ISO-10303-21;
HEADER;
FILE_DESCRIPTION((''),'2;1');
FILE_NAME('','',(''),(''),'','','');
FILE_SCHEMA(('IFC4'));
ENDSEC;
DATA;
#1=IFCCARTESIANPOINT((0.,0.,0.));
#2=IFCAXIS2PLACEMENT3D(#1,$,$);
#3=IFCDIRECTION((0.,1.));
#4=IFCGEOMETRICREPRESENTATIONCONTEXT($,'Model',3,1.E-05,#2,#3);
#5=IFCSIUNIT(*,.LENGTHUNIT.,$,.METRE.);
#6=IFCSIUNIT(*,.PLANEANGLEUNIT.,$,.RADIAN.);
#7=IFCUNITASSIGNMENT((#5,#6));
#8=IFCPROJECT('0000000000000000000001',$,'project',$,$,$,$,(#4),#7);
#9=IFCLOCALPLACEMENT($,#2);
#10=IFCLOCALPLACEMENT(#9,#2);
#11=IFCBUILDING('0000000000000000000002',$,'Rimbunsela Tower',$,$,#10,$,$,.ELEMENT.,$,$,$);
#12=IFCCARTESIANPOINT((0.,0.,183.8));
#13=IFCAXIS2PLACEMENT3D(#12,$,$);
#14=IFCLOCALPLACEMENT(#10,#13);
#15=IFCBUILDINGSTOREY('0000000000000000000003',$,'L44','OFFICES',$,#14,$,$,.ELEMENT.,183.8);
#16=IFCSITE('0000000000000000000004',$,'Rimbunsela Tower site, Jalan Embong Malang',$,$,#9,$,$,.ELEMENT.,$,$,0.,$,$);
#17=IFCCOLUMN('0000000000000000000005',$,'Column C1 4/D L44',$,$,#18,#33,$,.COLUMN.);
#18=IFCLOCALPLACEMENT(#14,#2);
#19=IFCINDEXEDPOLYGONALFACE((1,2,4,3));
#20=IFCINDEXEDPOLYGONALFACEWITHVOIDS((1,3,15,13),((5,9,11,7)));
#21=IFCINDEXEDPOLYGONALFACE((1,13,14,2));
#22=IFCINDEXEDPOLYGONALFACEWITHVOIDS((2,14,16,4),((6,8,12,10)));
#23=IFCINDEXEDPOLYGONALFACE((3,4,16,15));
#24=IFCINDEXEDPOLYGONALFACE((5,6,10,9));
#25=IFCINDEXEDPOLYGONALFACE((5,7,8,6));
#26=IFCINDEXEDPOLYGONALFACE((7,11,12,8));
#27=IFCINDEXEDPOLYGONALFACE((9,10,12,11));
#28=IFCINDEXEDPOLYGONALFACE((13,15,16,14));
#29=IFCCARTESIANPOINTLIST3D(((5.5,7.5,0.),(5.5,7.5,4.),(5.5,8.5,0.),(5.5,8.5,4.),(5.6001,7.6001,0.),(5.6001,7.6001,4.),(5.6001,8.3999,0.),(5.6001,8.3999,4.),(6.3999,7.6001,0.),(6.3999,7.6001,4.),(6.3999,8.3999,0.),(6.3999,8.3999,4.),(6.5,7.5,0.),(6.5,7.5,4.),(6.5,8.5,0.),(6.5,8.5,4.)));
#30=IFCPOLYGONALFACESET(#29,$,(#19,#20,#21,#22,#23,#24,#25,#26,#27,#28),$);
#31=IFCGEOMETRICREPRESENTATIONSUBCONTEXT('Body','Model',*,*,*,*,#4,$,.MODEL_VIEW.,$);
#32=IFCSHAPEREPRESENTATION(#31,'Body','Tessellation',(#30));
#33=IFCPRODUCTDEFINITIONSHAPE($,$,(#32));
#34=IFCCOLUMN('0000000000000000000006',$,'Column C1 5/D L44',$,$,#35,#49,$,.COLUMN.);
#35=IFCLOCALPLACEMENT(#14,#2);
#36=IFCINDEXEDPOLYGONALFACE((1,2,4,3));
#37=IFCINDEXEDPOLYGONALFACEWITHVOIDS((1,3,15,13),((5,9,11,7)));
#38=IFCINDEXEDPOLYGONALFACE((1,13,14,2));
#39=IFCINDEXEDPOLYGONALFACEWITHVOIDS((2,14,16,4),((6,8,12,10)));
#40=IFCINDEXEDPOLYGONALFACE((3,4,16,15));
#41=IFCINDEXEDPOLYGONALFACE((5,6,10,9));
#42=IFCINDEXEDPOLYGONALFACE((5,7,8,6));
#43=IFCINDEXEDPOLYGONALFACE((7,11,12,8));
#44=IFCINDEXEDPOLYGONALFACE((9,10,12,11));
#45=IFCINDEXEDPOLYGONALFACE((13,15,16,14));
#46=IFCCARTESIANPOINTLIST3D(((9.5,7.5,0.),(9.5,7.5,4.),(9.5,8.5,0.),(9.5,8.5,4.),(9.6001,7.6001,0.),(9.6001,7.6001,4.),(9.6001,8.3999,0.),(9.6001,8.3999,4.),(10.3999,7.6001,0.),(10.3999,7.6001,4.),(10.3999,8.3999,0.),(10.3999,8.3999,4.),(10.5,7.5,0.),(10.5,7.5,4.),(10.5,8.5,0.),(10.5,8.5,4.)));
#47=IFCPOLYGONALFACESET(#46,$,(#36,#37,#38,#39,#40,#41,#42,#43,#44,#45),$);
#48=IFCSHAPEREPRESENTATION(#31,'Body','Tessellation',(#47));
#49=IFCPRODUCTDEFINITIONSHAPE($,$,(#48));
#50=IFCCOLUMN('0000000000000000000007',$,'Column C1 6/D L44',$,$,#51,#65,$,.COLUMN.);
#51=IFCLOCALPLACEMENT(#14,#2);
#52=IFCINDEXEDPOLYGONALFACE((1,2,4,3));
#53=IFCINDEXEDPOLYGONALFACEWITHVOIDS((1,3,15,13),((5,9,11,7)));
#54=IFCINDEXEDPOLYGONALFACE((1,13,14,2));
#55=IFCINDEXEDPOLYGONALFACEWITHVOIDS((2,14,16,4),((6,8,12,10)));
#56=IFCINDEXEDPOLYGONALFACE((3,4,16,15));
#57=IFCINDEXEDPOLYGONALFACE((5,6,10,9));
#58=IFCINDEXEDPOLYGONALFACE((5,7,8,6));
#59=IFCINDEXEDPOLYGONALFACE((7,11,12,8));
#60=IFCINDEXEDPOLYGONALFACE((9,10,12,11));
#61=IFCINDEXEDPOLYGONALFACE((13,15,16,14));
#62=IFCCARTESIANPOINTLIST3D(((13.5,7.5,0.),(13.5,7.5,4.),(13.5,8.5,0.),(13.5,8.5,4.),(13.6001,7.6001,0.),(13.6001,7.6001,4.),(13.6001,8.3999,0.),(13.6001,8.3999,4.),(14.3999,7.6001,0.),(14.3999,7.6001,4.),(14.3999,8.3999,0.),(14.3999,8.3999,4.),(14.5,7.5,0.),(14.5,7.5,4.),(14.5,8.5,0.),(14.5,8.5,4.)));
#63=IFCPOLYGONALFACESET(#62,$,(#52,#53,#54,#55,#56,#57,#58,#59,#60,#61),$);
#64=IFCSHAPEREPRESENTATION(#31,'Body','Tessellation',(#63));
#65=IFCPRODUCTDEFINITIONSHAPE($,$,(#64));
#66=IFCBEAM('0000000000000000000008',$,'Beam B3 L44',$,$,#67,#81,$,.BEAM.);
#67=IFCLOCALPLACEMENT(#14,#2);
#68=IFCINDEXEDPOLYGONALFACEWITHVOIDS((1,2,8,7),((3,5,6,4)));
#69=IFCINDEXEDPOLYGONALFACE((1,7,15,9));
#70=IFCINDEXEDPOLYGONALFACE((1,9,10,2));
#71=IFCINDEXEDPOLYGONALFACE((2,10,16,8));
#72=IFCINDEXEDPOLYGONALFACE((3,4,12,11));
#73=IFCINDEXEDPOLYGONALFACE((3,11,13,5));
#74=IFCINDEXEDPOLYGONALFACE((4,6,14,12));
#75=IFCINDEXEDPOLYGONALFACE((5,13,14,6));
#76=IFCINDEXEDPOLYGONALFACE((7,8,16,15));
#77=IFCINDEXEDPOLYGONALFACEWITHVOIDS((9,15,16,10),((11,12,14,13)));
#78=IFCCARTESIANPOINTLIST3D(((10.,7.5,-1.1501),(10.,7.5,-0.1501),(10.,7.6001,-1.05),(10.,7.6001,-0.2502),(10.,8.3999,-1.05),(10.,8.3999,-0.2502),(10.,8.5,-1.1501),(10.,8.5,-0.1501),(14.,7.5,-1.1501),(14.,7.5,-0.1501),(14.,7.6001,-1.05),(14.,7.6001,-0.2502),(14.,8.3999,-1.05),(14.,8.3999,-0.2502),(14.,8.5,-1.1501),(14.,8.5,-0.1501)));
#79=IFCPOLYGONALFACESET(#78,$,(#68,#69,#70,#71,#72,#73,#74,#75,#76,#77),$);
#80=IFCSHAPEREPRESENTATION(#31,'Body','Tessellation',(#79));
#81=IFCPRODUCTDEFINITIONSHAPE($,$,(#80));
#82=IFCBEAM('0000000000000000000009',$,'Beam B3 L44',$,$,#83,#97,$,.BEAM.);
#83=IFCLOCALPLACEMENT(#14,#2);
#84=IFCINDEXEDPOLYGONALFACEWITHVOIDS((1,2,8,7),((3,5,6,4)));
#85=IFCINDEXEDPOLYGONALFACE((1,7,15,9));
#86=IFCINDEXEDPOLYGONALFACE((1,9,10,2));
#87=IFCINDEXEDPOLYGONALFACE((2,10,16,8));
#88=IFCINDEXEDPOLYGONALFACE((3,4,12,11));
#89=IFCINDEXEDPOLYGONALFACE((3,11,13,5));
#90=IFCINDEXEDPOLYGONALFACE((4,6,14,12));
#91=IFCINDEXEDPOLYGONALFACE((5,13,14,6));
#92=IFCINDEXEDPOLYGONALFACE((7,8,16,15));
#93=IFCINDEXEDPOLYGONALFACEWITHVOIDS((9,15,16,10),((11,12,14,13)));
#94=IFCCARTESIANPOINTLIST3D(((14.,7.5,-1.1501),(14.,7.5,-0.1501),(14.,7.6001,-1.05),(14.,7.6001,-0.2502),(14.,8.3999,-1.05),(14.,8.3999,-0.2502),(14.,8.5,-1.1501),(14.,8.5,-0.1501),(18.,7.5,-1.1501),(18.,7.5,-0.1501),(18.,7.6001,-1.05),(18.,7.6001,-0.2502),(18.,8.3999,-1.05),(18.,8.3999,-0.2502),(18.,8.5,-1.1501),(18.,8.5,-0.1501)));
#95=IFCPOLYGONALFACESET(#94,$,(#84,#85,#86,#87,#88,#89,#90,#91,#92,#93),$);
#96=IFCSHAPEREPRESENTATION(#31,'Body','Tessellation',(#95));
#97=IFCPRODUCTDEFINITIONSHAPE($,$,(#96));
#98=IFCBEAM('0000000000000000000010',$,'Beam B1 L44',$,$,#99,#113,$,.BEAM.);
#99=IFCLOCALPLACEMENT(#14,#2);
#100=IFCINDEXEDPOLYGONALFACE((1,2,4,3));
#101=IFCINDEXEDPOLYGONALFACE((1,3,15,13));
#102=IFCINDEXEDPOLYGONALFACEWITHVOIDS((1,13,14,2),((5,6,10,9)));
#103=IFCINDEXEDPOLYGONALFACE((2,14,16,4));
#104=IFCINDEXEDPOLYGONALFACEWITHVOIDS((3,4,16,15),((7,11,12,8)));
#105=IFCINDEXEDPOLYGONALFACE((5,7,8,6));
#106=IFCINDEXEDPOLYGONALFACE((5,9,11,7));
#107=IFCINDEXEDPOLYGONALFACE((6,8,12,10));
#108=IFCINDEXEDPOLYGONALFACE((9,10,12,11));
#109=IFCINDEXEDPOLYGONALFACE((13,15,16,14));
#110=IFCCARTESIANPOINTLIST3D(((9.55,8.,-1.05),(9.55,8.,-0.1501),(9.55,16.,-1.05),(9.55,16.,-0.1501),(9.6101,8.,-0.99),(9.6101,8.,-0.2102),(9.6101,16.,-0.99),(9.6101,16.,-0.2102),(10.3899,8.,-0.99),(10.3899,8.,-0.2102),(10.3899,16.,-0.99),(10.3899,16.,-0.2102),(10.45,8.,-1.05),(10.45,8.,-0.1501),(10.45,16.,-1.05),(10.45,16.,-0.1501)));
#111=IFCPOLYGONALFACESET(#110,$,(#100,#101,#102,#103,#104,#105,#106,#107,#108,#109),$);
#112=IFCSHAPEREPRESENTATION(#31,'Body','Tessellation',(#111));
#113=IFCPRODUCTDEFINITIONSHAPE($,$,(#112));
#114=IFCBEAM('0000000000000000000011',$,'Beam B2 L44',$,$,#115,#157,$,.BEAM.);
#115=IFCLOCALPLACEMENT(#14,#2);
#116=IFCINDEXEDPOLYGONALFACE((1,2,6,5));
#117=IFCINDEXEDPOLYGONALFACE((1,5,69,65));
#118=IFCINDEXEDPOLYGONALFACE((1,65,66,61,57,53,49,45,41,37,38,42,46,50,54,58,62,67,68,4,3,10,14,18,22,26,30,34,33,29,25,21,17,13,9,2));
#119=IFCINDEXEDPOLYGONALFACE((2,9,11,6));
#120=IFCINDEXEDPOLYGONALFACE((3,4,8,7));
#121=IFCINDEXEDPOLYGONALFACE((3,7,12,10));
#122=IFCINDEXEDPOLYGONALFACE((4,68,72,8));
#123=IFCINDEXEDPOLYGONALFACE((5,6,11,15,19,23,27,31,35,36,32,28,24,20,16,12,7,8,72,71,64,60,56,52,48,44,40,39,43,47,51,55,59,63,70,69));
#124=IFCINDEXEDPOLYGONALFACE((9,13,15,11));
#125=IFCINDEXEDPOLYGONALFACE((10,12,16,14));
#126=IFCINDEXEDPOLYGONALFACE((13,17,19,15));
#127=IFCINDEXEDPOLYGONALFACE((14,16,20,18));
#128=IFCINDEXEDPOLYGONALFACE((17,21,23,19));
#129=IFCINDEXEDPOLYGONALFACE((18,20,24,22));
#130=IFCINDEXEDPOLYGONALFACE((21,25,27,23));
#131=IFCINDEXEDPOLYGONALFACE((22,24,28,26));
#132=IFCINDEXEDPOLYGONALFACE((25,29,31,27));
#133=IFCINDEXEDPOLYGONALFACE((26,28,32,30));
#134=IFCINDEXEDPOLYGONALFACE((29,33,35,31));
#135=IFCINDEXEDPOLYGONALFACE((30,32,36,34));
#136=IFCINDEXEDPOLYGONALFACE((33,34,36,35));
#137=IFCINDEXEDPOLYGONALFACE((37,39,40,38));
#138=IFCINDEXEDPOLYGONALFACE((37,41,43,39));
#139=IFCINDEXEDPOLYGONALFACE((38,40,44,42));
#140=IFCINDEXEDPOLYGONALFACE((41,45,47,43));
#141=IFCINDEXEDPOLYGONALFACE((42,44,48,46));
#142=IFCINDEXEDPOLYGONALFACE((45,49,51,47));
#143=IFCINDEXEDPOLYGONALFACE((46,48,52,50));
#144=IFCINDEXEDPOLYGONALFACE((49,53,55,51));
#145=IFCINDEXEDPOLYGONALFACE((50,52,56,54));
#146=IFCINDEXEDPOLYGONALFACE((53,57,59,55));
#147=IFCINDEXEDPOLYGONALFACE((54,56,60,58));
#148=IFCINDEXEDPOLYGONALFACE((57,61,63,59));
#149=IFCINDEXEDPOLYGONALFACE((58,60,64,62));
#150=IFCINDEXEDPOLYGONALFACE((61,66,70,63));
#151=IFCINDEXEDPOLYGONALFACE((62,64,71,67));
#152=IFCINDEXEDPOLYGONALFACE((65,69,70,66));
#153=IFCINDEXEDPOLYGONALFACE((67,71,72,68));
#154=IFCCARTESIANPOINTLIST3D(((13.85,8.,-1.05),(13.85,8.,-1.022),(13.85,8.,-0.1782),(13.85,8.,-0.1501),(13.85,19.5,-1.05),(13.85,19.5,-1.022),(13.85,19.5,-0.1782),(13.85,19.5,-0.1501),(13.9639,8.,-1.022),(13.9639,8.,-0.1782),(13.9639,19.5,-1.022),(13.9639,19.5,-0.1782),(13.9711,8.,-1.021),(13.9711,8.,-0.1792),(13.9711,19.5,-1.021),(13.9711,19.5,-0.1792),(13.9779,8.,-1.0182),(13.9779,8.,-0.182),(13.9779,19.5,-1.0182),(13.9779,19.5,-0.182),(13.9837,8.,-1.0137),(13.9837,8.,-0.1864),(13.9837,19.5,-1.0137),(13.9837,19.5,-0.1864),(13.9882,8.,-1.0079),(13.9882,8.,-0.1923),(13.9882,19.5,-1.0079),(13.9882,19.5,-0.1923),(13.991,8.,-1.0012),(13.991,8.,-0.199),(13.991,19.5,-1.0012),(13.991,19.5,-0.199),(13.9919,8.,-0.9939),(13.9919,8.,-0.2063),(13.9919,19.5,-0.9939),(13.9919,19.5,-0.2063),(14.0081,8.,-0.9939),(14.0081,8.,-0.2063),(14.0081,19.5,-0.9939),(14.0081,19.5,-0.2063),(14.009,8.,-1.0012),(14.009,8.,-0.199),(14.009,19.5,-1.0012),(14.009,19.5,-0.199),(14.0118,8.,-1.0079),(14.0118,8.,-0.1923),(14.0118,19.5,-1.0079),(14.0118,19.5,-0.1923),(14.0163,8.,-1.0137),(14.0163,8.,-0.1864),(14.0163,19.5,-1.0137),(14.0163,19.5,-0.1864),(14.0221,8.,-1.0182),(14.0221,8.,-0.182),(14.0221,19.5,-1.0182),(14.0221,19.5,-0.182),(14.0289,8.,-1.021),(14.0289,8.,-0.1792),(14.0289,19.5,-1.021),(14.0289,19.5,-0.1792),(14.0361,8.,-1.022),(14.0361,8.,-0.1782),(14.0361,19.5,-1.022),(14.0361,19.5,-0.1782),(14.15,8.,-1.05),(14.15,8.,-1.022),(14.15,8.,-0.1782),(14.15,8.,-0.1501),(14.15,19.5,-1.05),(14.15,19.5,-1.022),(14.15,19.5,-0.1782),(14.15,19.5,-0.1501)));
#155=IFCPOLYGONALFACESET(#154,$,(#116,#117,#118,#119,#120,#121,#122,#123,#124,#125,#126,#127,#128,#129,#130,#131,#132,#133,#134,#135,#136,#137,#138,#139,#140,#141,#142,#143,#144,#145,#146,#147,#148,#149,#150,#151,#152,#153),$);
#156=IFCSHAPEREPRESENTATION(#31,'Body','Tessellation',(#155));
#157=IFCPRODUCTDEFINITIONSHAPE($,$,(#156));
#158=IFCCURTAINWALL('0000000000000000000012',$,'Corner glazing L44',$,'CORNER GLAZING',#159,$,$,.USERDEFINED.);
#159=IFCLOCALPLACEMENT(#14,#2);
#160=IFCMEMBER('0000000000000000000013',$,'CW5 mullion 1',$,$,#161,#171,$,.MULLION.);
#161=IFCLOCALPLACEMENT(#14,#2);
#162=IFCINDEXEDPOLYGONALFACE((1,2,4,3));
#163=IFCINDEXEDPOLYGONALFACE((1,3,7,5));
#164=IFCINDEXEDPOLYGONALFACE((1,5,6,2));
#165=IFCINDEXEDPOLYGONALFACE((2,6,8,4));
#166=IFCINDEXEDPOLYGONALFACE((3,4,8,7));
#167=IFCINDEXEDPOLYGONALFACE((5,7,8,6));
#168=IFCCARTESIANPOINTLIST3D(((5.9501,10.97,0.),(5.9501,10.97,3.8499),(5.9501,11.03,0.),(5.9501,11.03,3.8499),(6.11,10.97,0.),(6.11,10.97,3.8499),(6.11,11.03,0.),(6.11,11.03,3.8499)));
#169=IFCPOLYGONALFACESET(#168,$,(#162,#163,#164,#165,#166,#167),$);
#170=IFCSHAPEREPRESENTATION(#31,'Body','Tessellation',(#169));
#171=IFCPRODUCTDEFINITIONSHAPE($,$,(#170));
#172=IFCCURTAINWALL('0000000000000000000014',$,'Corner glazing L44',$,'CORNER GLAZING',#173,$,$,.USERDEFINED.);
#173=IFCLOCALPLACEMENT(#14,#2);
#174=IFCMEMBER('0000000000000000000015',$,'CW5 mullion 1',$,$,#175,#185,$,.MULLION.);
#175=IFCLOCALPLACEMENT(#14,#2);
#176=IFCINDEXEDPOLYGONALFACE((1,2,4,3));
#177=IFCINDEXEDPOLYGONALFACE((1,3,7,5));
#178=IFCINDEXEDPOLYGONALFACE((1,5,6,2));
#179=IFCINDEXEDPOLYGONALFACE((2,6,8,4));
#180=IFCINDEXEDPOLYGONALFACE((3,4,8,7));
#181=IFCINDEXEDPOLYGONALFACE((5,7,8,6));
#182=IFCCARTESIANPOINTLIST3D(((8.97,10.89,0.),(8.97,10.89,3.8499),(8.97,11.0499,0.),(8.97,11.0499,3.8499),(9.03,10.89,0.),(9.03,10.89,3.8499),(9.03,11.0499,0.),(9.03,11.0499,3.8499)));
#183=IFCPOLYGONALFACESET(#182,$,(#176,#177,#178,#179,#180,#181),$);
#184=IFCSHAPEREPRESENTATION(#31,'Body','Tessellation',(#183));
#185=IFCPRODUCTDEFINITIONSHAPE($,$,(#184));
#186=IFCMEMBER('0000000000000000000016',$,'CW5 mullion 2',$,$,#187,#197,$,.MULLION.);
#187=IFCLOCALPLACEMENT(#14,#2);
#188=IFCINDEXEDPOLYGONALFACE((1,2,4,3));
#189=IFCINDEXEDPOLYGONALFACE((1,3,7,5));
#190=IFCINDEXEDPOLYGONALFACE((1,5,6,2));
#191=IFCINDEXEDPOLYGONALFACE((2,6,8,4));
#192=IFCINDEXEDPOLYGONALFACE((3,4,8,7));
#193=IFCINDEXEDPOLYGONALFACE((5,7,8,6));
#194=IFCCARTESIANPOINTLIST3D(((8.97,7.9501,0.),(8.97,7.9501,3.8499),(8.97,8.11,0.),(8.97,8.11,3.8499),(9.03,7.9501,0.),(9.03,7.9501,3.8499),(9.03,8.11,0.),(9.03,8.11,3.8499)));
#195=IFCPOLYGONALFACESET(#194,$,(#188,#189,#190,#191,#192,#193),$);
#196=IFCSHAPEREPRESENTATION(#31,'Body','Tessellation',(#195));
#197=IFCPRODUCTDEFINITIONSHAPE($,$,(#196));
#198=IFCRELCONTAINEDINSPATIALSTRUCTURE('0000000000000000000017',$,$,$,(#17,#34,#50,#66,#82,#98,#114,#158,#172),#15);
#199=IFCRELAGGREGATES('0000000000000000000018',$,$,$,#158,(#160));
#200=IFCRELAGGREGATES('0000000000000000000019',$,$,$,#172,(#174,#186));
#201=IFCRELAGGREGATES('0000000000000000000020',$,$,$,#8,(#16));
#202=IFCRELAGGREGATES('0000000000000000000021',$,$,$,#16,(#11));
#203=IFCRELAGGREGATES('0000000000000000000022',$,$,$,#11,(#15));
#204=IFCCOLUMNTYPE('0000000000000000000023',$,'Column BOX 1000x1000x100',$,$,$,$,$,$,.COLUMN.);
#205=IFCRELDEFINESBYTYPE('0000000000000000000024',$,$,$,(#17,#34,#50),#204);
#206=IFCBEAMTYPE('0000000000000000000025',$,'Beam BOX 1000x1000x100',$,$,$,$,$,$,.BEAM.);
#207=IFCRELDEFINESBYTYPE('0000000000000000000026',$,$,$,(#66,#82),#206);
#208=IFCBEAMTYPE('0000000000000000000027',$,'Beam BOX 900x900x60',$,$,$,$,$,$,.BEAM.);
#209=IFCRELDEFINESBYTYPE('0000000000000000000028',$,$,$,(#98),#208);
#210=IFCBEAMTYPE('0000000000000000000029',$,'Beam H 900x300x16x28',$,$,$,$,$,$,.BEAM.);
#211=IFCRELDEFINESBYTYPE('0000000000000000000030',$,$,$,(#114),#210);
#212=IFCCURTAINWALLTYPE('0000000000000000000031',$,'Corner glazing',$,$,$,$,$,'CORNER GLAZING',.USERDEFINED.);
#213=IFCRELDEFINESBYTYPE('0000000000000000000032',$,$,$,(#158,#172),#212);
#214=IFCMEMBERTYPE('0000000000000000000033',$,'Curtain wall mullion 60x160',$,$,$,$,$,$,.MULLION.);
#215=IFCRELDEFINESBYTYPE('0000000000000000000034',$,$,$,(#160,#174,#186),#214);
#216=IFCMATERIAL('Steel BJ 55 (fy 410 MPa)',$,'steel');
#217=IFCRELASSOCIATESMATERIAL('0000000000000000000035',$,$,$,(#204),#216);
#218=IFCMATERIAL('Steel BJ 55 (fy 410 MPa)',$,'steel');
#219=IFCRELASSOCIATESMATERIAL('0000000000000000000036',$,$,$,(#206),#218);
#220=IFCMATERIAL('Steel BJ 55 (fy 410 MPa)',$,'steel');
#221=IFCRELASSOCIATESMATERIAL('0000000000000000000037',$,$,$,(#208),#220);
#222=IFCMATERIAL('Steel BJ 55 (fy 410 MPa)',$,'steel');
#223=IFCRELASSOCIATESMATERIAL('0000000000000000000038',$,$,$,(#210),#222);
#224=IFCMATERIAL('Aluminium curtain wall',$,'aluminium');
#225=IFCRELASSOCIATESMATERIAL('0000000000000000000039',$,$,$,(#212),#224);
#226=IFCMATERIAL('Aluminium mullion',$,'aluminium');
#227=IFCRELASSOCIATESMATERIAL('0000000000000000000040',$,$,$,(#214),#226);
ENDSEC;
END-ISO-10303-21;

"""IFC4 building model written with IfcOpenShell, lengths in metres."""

from ifc_helpers import new_model, si_unit, direction, frame, origin, origin_2d, place, context, subcontext, project, spatial, rectangle, hollow_rectangle, i_section, extrude, material, material_profile, profile_set, type_object, element, aggregate, save


model = new_model("IFC4")

# Units and contexts
model_context = context("Model", 3, precision=1e-05, world=origin(), true_north=direction((0.0, 1.0)))
body_context = subcontext(model_context, "Body", "Model", "MODEL_VIEW")
ifc_project = project(units=[si_unit("LENGTHUNIT", "METRE"), si_unit("PLANEANGLEUNIT", "RADIAN")], contexts=[model_context])

# Site, building, storey
site_placement = place(None, origin())
site = spatial("IfcSite", under=ifc_project, at=site_placement, Name="Rimbunsela Tower site, Jalan Embong Malang", CompositionType="ELEMENT", RefElevation=0.0)
building_placement = place(site_placement, origin())
building = spatial("IfcBuilding", under=site, at=building_placement, Name="Rimbunsela Tower", CompositionType="ELEMENT")
storey_placement = place(building_placement, frame((0.0, 0.0, 183.8)))
storey = spatial("IfcBuildingStorey", under=building, at=storey_placement, Name="L44", Description="OFFICES", CompositionType="ELEMENT", Elevation=183.8)

# Columns
ifc_material_1 = material(Name="Steel BJ 55 (fy 410 MPa)", Category="steel")
ifc_material_profile_1 = material_profile(ifc_material_1, hollow_rectangle(XDim=1.0, YDim=1.0, WallThickness=0.1001, at=origin_2d()), Name="BOX 1000x1000x100")
ifc_profile_set_1 = profile_set([ifc_material_profile_1], Name="Steel BJ 55 (fy 410 MPa)")
column_type = type_object("IfcColumnType", Name="Column BOX 1000x1000x100", PredefinedType="COLUMN", material=ifc_profile_set_1)
for number, where, z_axis, x_axis, name in (
    (1, (6.0, 8.0, 0.0), (0.0, 0.0, 1.0), (1.0, 0.0, 0.0), "Column C1 4/D L44"),
    (2, (10.0, 8.0, 0.0), (0.0, 0.0, 1.0), (1.0, 0.0, 0.0), "Column C1 5/D L44"),
    (3, (14.0, 8.0, 0.0), (0.0, 0.0, 1.0), (1.0, 0.0, 0.0), "Column C1 6/D L44"),
):
    element("IfcColumn", number, at=place(storey_placement, frame(where, z_axis=z_axis, x_axis=x_axis)), inside=storey, type_object=column_type, Name=name, PredefinedType="COLUMN", context=body_context, shape_type="SweptSolid", body=[
        extrude(hollow_rectangle(XDim=1.0, YDim=1.0, WallThickness=0.1001, at=origin_2d()), origin(), (0.0, 0.0, 1.0), 4.0),
    ])

# Beams
ifc_material_2 = material(Name="Steel BJ 55 (fy 410 MPa)", Category="steel")
ifc_material_profile_2 = material_profile(ifc_material_2, hollow_rectangle(XDim=1.0, YDim=1.0, WallThickness=0.1001, at=origin_2d()), Name="BOX 1000x1000x100")
ifc_profile_set_2 = profile_set([ifc_material_profile_2], Name="Steel BJ 55 (fy 410 MPa)")
beam_type_1 = type_object("IfcBeamType", Name="Beam BOX 1000x1000x100", PredefinedType="BEAM", material=ifc_profile_set_2)
for number, where, z_axis, x_axis, name in (
    (4, (10.0, 8.0, -0.6501), (1.0, 0.0, 0.0), (0.0, 1.0, 0.0), "Beam B3 L44"),
    (5, (14.0, 8.0, -0.6501), (1.0, 0.0, 0.0), (0.0, 1.0, 0.0), "Beam B3 L44"),
):
    element("IfcBeam", number, at=place(storey_placement, frame(where, z_axis=z_axis, x_axis=x_axis)), inside=storey, type_object=beam_type_1, Name=name, PredefinedType="BEAM", context=body_context, shape_type="SweptSolid", body=[
        extrude(hollow_rectangle(XDim=1.0, YDim=1.0, WallThickness=0.1001, at=origin_2d()), origin(), (0.0, 0.0, 1.0), 4.0),
    ])
ifc_material_3 = material(Name="Steel BJ 55 (fy 410 MPa)", Category="steel")
ifc_material_profile_3 = material_profile(ifc_material_3, hollow_rectangle(XDim=0.8999, YDim=0.8999, WallThickness=0.0601, at=origin_2d()), Name="BOX 900x900x60")
ifc_profile_set_3 = profile_set([ifc_material_profile_3], Name="Steel BJ 55 (fy 410 MPa)")
beam_type_2 = type_object("IfcBeamType", Name="Beam BOX 900x900x60", PredefinedType="BEAM", material=ifc_profile_set_3)
beam_1_placement = place(storey_placement, frame((10.0, 8.0, -0.6001), z_axis=(0.0, 1.0, 0.0), x_axis=(-1.0, 0.0, 0.0)))
element("IfcBeam", 6, at=beam_1_placement, inside=storey, type_object=beam_type_2, Name="Beam B1 L44", PredefinedType="BEAM", context=body_context, shape_type="SweptSolid", body=[
    extrude(hollow_rectangle(XDim=0.8999, YDim=0.8999, WallThickness=0.0601, at=origin_2d()), origin(), (0.0, 0.0, 1.0), 8.0),
])
ifc_material_4 = material(Name="Steel BJ 55 (fy 410 MPa)", Category="steel")
ifc_material_profile_4 = material_profile(ifc_material_4, i_section(OverallWidth=0.3, OverallDepth=0.8999, WebThickness=0.0161, FlangeThickness=0.0281, FilletRadius=0.0281, at=origin_2d()), Name="H 900x300x16x28")
ifc_profile_set_4 = profile_set([ifc_material_profile_4], Name="Steel BJ 55 (fy 410 MPa)")
beam_type_3 = type_object("IfcBeamType", Name="Beam H 900x300x16x28", PredefinedType="BEAM", material=ifc_profile_set_4)
beam_2_placement = place(storey_placement, frame((14.0, 8.0, -0.6001), z_axis=(0.0, 1.0, 0.0), x_axis=(-1.0, 0.0, 0.0)))
element("IfcBeam", 7, at=beam_2_placement, inside=storey, type_object=beam_type_3, Name="Beam B2 L44", PredefinedType="BEAM", context=body_context, shape_type="SweptSolid", body=[
    extrude(i_section(OverallWidth=0.3, OverallDepth=0.8999, WebThickness=0.0161, FlangeThickness=0.0281, FilletRadius=0.0281, at=origin_2d()), origin(), (0.0, 0.0, 1.0), 11.5),
])

# Curtain wall, member
ifc_material_5 = material(Name="Aluminium curtain wall", Category="aluminium")
curtain_wall_type = type_object("IfcCurtainWallType", Name="Corner glazing", ElementType="CORNER GLAZING", PredefinedType="USERDEFINED", material=ifc_material_5)
curtain_wall_1_placement = place(storey_placement, origin())
curtain_wall_1 = element("IfcCurtainWall", 8, at=curtain_wall_1_placement, inside=storey, type_object=curtain_wall_type, Name="Corner glazing L44", ObjectType="CORNER GLAZING", PredefinedType="USERDEFINED")
ifc_material_6 = material(Name="Aluminium mullion", Category="aluminium")
ifc_material_profile_5 = material_profile(ifc_material_6, rectangle(XDim=0.0601, YDim=0.1599, at=origin_2d()), Name="Mullion 60x160")
ifc_profile_set_5 = profile_set([ifc_material_profile_5], Name="Aluminium mullion")
member_type_1 = type_object("IfcMemberType", Name="Curtain wall mullion 60x160", PredefinedType="MULLION", material=ifc_profile_set_5)
member_1_placement = place(storey_placement, frame((6.03, 11.0, 0.0), z_axis=(0.0, 0.0, 1.0), x_axis=(0.0, 1.0, 0.0)))
member_1 = element("IfcMember", 9, at=member_1_placement, type_object=member_type_1, Name="CW5 mullion 1", PredefinedType="MULLION", context=body_context, shape_type="SweptSolid", body=[
    extrude(rectangle(XDim=0.0601, YDim=0.1599, at=origin_2d()), origin(), (0.0, 0.0, 1.0), 3.8499),
])

# Curtain wall, members
curtain_wall_2_placement = place(storey_placement, origin())
curtain_wall_2 = element("IfcCurtainWall", 10, at=curtain_wall_2_placement, inside=storey, type_object=curtain_wall_type, Name="Corner glazing L44", ObjectType="CORNER GLAZING", PredefinedType="USERDEFINED")
member_2_placement = place(storey_placement, frame((9.0, 10.97, 0.0), z_axis=(0.0, 0.0, 1.0), x_axis=(1.0, 0.0, 0.0)))
member_2 = element("IfcMember", 11, at=member_2_placement, type_object=member_type_1, Name="CW5 mullion 1", PredefinedType="MULLION", context=body_context, shape_type="SweptSolid", body=[
    extrude(rectangle(XDim=0.0601, YDim=0.1599, at=origin_2d()), origin(), (0.0, 0.0, 1.0), 3.8499),
])
member_3_placement = place(storey_placement, frame((9.0, 8.03, 0.0), z_axis=(0.0, 0.0, 1.0), x_axis=(1.0, 0.0, 0.0)))
member_3 = element("IfcMember", 12, at=member_3_placement, type_object=member_type_1, Name="CW5 mullion 2", PredefinedType="MULLION", context=body_context, shape_type="SweptSolid", body=[
    extrude(rectangle(XDim=0.0601, YDim=0.1599, at=origin_2d()), origin(), (0.0, 0.0, 1.0), 3.8499),
])

aggregate(curtain_wall_1, [member_1])

aggregate(curtain_wall_2, [member_2, member_3])

save(model, "model.ifc")
